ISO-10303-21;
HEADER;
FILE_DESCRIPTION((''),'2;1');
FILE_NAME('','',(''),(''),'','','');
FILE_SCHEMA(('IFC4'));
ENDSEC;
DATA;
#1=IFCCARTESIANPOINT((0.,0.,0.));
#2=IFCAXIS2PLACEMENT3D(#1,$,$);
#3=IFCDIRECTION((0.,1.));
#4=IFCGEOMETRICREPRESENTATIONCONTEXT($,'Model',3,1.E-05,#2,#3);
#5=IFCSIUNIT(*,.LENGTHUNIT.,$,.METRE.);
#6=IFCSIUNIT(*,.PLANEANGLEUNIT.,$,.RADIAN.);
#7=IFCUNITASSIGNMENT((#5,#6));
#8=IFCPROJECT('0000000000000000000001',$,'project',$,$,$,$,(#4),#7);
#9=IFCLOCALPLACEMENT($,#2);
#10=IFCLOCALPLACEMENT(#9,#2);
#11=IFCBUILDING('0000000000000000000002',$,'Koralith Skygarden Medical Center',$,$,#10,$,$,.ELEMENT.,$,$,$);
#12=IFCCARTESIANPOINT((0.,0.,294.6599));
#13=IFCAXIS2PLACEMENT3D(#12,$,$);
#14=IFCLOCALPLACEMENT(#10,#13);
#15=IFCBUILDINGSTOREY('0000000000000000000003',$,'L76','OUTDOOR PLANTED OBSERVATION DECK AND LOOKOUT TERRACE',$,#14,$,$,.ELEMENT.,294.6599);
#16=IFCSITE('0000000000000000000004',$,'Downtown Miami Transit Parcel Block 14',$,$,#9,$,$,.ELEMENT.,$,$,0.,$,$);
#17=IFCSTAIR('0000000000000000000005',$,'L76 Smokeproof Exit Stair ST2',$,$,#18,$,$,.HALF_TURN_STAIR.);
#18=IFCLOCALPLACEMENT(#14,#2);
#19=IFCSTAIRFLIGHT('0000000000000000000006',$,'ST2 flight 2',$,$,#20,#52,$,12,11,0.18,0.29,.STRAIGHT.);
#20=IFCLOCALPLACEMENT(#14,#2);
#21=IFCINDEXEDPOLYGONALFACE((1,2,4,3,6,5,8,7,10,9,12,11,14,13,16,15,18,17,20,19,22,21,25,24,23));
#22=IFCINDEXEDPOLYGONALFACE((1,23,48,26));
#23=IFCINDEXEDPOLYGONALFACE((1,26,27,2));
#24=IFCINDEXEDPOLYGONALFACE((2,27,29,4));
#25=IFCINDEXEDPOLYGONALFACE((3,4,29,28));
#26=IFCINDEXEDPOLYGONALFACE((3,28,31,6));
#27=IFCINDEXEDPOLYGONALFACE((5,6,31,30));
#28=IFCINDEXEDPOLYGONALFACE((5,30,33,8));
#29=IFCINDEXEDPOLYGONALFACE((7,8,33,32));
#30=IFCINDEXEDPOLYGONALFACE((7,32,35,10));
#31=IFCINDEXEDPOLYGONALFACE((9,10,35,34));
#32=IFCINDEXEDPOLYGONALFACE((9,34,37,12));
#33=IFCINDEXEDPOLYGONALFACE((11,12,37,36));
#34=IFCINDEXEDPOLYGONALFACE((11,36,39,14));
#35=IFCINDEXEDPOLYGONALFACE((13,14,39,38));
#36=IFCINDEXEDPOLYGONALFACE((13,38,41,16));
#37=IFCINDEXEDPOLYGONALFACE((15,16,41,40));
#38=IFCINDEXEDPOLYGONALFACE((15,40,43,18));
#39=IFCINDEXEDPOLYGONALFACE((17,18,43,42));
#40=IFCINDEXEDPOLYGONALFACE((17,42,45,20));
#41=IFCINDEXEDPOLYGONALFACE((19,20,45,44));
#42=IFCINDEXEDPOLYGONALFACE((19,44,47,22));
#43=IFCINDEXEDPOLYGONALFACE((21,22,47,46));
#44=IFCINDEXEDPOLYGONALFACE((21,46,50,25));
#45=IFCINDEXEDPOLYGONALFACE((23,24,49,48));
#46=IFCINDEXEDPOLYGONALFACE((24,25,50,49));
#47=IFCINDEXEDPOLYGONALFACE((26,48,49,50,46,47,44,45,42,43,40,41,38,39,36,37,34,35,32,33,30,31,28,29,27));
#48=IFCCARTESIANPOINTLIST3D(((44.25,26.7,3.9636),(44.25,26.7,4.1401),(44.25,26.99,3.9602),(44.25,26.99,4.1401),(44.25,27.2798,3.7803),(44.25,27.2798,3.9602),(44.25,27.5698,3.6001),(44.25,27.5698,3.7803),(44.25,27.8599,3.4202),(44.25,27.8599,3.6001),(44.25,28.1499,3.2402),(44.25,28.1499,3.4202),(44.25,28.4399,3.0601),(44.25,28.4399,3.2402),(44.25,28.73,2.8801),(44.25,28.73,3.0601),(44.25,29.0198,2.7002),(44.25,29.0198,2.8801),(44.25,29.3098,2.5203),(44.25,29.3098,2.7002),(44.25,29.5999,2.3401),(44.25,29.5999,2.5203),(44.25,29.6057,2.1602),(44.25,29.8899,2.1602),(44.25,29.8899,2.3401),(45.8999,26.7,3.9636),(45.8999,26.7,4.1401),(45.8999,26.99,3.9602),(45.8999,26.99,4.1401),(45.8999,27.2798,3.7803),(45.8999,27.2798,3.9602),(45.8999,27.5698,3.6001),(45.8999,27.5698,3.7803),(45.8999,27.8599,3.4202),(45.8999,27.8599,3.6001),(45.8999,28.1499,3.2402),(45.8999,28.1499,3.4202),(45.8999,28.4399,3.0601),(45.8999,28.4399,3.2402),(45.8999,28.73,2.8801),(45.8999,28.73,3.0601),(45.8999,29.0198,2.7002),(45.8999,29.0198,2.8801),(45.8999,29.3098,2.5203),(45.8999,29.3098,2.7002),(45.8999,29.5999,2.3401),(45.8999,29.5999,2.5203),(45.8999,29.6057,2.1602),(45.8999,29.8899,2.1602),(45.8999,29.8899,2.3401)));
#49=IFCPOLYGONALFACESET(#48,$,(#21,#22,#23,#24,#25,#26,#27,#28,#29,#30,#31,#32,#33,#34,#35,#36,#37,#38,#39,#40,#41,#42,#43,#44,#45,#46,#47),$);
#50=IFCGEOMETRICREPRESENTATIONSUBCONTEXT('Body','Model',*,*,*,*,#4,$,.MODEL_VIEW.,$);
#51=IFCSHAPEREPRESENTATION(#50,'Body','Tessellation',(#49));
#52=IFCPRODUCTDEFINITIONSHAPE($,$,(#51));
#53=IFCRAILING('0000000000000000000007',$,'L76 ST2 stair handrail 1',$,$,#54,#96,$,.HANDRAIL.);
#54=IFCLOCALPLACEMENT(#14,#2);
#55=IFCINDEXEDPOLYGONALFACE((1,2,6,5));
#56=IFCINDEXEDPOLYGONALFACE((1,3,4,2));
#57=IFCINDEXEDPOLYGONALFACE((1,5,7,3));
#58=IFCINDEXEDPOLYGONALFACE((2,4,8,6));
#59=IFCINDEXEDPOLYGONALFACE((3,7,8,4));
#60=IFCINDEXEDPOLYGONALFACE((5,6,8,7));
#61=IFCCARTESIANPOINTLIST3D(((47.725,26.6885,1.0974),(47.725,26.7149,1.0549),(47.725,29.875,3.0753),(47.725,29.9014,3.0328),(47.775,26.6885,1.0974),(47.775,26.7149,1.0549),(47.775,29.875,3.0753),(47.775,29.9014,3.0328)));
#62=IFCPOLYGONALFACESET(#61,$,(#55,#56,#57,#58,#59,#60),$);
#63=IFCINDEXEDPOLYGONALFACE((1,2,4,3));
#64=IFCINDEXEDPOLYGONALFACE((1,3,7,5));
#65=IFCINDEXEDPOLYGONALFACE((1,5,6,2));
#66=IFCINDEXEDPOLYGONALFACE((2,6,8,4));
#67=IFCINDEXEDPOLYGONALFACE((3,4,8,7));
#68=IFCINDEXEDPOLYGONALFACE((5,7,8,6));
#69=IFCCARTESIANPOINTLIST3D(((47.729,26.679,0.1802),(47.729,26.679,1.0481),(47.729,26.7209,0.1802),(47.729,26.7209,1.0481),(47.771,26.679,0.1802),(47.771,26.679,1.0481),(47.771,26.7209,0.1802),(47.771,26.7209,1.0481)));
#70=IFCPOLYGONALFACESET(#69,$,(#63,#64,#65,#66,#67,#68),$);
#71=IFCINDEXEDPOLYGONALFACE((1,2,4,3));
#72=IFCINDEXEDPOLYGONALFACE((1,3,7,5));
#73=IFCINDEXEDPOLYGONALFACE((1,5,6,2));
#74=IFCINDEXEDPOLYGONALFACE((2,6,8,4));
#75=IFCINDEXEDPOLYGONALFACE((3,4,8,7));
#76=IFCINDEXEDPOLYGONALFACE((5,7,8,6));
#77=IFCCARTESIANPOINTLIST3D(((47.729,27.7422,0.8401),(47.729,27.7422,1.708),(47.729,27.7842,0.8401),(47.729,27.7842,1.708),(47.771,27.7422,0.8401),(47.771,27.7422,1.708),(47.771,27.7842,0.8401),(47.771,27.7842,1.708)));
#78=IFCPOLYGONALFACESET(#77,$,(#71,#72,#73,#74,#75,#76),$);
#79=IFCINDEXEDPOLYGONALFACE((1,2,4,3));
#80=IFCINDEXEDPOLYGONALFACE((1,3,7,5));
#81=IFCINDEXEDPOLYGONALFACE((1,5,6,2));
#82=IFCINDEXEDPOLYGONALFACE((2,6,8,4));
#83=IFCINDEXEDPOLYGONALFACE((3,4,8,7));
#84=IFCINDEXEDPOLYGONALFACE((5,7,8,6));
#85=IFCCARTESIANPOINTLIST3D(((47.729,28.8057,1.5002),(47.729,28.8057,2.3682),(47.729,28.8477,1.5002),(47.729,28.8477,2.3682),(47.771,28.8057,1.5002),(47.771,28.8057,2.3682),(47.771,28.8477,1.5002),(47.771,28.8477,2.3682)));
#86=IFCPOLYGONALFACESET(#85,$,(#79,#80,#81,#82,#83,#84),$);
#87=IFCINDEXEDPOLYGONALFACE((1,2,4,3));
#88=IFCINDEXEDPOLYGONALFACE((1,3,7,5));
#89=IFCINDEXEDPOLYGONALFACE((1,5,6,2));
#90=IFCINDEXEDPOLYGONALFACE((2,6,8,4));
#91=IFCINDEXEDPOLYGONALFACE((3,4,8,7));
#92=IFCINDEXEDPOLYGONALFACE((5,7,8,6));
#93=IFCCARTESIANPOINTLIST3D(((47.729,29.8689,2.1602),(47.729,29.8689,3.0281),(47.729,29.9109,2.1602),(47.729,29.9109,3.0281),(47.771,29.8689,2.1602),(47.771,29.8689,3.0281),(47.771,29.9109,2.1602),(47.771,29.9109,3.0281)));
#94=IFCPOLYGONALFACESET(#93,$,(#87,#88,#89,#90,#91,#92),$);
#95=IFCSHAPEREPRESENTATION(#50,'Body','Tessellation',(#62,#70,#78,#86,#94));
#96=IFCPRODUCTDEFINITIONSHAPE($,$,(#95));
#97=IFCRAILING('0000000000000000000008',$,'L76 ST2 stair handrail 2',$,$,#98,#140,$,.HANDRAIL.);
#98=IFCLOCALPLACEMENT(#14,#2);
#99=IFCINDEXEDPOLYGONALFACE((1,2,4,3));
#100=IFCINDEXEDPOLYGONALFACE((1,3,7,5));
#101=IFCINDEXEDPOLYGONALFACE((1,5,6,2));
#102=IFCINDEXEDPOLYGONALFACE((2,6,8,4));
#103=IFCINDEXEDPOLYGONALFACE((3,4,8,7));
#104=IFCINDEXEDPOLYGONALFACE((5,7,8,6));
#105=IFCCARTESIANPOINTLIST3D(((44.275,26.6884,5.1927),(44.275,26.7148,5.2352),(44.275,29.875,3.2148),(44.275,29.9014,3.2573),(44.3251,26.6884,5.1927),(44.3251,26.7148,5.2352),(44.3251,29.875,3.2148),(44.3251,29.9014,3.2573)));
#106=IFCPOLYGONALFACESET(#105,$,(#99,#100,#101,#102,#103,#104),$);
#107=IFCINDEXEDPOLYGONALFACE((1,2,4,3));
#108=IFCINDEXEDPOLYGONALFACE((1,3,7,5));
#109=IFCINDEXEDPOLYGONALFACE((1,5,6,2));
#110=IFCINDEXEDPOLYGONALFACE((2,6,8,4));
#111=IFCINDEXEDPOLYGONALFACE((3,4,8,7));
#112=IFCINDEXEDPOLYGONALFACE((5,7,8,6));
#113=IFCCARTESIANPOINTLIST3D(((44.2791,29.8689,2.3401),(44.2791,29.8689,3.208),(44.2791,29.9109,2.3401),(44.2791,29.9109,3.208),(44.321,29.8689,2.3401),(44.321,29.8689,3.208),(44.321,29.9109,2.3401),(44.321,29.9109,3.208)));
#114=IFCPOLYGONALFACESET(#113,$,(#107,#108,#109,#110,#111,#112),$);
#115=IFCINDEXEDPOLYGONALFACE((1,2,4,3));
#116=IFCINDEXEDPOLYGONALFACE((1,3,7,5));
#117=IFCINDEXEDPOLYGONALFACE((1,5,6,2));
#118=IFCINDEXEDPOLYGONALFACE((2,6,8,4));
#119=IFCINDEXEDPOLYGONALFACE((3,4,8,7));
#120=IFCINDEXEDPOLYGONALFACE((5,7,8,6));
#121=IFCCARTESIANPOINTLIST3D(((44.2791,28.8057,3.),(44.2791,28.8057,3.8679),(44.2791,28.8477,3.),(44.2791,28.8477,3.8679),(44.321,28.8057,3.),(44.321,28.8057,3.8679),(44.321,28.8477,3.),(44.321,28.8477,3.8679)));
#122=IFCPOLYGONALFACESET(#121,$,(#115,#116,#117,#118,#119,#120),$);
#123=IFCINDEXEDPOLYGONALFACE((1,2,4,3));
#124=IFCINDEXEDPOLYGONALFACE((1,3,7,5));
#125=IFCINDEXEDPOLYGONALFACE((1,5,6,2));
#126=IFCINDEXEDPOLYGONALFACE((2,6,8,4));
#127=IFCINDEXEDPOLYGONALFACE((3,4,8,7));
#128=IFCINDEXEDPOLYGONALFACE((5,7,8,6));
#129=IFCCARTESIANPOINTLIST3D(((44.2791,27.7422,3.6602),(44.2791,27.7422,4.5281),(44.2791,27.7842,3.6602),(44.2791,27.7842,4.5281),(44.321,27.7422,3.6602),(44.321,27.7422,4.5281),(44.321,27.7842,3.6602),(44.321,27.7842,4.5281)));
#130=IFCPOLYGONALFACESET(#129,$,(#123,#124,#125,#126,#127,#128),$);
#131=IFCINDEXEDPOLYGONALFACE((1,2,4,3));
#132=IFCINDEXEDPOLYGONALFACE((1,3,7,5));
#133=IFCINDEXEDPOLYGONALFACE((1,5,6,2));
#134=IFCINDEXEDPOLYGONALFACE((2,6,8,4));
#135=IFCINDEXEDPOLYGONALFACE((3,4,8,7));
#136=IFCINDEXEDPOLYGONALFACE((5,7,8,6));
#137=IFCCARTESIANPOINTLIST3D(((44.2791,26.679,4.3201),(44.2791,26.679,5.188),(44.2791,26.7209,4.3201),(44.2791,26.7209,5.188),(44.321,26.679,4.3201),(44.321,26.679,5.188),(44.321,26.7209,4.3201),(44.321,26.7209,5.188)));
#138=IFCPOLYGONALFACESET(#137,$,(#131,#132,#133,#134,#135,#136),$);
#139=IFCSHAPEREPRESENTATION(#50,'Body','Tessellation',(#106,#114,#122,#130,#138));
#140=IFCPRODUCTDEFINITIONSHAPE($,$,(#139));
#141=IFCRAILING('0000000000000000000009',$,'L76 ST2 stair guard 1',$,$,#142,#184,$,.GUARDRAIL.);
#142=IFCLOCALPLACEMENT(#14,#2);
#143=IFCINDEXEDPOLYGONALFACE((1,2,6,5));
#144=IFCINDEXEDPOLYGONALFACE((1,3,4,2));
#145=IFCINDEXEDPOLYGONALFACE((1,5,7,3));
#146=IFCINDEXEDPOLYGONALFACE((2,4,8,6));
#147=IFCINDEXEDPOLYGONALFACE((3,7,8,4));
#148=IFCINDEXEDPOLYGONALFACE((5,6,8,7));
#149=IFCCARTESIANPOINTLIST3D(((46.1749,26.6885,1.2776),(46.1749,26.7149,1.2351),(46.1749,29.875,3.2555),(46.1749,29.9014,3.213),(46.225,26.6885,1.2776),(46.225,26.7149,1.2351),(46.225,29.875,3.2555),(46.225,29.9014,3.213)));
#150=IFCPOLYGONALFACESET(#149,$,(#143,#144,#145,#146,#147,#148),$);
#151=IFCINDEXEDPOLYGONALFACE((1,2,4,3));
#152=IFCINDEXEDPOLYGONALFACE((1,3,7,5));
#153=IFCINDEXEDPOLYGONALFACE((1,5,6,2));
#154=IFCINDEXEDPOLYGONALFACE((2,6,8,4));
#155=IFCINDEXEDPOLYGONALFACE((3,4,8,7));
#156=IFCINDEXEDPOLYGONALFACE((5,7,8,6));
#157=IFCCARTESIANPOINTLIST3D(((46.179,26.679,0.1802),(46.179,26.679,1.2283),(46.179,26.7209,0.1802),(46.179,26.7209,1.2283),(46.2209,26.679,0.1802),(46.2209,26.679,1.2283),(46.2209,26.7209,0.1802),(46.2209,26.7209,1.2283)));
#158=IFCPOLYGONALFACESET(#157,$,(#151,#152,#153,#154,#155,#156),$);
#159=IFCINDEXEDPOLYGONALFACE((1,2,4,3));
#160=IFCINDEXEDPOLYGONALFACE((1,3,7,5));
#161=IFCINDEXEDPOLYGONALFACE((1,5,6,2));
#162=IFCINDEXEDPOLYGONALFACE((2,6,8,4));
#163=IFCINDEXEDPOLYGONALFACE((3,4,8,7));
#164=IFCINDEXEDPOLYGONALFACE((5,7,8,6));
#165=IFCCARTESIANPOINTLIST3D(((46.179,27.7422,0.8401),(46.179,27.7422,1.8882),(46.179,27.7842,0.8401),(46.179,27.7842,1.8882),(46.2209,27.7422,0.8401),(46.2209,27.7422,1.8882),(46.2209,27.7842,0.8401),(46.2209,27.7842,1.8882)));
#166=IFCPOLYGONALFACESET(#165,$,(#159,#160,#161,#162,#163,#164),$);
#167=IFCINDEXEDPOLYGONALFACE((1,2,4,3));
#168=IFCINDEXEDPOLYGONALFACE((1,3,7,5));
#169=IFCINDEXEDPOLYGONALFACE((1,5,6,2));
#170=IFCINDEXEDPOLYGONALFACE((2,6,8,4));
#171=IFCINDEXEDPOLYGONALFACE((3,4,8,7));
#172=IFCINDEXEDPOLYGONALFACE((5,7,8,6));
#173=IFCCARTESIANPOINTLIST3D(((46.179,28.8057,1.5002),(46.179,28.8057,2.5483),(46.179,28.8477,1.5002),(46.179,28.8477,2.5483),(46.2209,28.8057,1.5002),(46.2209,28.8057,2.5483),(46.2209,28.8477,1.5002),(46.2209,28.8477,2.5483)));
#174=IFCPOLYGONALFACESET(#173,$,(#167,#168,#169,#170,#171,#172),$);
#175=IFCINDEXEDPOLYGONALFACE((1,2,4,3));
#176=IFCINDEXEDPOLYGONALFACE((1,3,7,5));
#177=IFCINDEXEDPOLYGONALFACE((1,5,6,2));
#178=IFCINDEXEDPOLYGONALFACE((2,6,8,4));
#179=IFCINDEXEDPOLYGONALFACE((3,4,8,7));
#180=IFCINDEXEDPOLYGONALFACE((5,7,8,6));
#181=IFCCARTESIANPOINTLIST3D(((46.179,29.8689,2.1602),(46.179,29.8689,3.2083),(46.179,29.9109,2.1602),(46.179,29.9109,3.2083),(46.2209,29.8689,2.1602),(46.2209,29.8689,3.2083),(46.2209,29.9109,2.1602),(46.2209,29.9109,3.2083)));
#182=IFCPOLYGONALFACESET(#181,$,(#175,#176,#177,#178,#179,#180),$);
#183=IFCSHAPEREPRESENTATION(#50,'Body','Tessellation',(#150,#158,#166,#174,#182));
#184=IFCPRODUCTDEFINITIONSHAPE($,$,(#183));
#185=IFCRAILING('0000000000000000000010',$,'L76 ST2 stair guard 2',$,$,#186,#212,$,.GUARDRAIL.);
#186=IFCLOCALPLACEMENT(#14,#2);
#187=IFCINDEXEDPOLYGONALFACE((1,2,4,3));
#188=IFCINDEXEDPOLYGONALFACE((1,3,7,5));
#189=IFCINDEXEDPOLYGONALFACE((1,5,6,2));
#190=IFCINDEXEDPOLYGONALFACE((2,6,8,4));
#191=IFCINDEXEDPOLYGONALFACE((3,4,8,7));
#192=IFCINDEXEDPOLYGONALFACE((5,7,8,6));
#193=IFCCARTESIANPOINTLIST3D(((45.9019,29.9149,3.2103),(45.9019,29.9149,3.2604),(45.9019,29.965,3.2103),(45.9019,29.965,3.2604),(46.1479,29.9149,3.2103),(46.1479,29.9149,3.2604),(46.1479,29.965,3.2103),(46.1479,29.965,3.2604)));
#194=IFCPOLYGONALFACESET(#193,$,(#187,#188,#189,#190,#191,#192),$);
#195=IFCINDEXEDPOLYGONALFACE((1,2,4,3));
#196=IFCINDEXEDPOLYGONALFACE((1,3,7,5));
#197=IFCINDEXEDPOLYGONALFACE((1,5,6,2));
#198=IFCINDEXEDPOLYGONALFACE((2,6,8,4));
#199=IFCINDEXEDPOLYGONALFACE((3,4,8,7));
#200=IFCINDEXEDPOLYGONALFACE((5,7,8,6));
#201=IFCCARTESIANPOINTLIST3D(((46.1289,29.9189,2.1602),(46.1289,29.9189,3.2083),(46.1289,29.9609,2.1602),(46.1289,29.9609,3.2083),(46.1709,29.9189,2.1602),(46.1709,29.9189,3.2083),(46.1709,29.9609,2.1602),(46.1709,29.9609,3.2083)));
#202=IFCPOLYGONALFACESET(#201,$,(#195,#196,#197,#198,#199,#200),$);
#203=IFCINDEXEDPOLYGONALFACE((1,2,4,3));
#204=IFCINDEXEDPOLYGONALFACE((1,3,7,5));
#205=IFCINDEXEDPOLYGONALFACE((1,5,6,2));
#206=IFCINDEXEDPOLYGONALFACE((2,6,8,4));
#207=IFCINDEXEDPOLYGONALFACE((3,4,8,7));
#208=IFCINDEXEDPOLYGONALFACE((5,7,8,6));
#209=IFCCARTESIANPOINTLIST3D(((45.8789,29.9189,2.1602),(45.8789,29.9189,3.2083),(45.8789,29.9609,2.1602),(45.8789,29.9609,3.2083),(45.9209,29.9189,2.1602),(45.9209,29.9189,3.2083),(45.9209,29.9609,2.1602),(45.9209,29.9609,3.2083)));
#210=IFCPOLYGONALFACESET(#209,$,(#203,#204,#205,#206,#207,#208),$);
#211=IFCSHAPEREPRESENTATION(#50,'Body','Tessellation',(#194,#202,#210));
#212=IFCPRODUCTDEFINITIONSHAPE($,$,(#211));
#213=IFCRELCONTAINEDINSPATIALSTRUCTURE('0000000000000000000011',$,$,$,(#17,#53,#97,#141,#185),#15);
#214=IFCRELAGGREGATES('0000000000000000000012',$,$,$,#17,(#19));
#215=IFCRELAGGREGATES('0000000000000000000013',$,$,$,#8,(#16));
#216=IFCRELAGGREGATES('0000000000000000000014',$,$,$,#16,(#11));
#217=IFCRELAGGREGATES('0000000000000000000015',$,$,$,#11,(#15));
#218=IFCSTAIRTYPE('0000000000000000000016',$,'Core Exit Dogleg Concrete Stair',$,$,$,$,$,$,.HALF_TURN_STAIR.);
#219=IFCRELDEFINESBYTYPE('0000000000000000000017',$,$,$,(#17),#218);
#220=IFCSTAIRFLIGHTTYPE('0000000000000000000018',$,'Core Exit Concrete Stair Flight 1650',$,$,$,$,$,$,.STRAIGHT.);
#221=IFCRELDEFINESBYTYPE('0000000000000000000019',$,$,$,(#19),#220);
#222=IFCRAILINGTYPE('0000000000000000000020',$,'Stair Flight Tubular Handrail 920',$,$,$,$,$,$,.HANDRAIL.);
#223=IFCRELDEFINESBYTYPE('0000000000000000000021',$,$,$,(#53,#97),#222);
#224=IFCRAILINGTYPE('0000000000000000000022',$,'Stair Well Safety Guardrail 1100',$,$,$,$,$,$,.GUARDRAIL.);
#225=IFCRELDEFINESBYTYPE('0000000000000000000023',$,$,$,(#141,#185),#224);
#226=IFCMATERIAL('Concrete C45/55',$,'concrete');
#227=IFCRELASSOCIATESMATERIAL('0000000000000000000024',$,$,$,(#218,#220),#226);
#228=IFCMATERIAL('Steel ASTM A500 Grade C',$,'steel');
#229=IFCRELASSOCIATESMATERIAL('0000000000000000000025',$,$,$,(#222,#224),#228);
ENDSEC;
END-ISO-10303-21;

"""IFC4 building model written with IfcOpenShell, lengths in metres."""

from ifc_helpers import new_model, si_unit, direction, frame, origin, origin_2d, place, context, subcontext, project, spatial, polyline, rectangle, outline, extrude, material, type_object, element, aggregate, save


model = new_model("IFC4")

# Units and contexts
model_context = context("Model", 3, precision=1e-05, world=origin(), true_north=direction((0.0, 1.0)))
body_context = subcontext(model_context, "Body", "Model", "MODEL_VIEW")
ifc_project = project(units=[si_unit("LENGTHUNIT", "METRE"), si_unit("PLANEANGLEUNIT", "RADIAN")], contexts=[model_context])

# Site, building, storey
site_placement = place(None, origin())
site = spatial("IfcSite", under=ifc_project, at=site_placement, Name="Downtown Miami Transit Parcel Block 14", CompositionType="ELEMENT", RefElevation=0.0)
building_placement = place(site_placement, origin())
building = spatial("IfcBuilding", under=site, at=building_placement, Name="Koralith Skygarden Medical Center", CompositionType="ELEMENT")
storey_placement = place(building_placement, frame((0.0, 0.0, 294.6599)))
storey = spatial("IfcBuildingStorey", under=building, at=storey_placement, Name="L76", Description="OUTDOOR PLANTED OBSERVATION DECK AND LOOKOUT TERRACE", CompositionType="ELEMENT", Elevation=294.6599)

# Shared definitions
ifc_material_1 = material(Name="Concrete C45/55", Category="concrete")

# Stair, stair flight
stair_type = type_object("IfcStairType", Name="Core Exit Dogleg Concrete Stair", PredefinedType="HALF_TURN_STAIR", material=ifc_material_1)
stair_placement = place(storey_placement, origin())
stair = element("IfcStair", 1, at=stair_placement, inside=storey, type_object=stair_type, Name="L76 Smokeproof Exit Stair ST2", PredefinedType="HALF_TURN_STAIR")
stair_flight_type = type_object("IfcStairFlightType", Name="Core Exit Concrete Stair Flight 1650", PredefinedType="STRAIGHT", material=ifc_material_1)
stair_flight_1_placement = place(storey_placement, frame((45.075, 29.8899, 2.1602), z_axis=(0.0, 0.0, 1.0), x_axis=(0.0, -1.0, 0.0)))
stair_flight_1 = element("IfcStairFlight", 2, at=stair_flight_1_placement, type_object=stair_flight_type, Name="ST2 flight 2", NumberOfRisers=12, NumberOfTreads=11, PredefinedType="STRAIGHT", RiserHeight=0.18, TreadLength=0.29, context=body_context, shape_type="SweptSolid", body=[
    extrude(outline(polyline([(0.0, 0.0), (0.0, 0.1799), (0.29, 0.1799), (0.29, 0.3601), (0.5801, 0.3601), (0.5801, 0.54), (0.8701, 0.54), (0.8701, 0.72), (1.1599, 0.72), (1.1599, 0.8999), (1.45, 0.8999), (1.45, 1.0801), (1.74, 1.0801), (1.74, 1.26), (2.03, 1.26), (2.03, 1.4399), (2.3201, 1.4399), (2.3201, 1.6201), (2.6101, 1.6201), (2.6101, 1.8), (2.8999, 1.8), (2.8999, 1.98), (3.1899, 1.98), (3.1899, 2.1599), (3.1899, 1.8035), (0.2842, 0.0), (0.0, 0.0)])), frame((0.0, 0.825, 0.0), z_axis=(0.0, -1.0, 0.0), x_axis=(1.0, 0.0, 0.0)), (0.0, 0.0, 1.0), 1.6499),
])
aggregate(stair, [stair_flight_1])

# Railings
ifc_material_2 = material(Name="Steel ASTM A500 Grade C", Category="steel")
railing_type_1 = type_object("IfcRailingType", Name="Stair Flight Tubular Handrail 920", PredefinedType="HANDRAIL", material=ifc_material_2)
railing_1_placement = place(storey_placement, frame((47.75, 26.7, 0.1802)))
element("IfcRailing", 3, at=railing_1_placement, inside=storey, type_object=railing_type_1, Name="L76 ST2 stair handrail 1", PredefinedType="HANDRAIL", context=body_context, shape_type="SweptSolid", body=[
    extrude(rectangle(XDim=0.05, YDim=0.05, at=origin_2d()), frame((0.0, 0.0017, 0.896), z_axis=(0.0, 0.849638, 0.527366), x_axis=(-1.0, 0.0, 0.0)), (0.0, 0.0, 1.0), 3.7505),
    extrude(rectangle(XDim=0.042, YDim=0.042, at=origin_2d()), origin(), (0.0, 0.0, 1.0), 0.8679),
    extrude(rectangle(XDim=0.042, YDim=0.042, at=origin_2d()), frame((0.0, 1.0632, 0.6599)), (0.0, 0.0, 1.0), 0.8679),
    extrude(rectangle(XDim=0.042, YDim=0.042, at=origin_2d()), frame((0.0, 2.1267, 1.3201)), (0.0, 0.0, 1.0), 0.8679),
    extrude(rectangle(XDim=0.042, YDim=0.042, at=origin_2d()), frame((0.0, 3.1899, 1.98)), (0.0, 0.0, 1.0), 0.8679),
])
railing_2_placement = place(storey_placement, frame((44.3, 29.8899, 2.3401)))
element("IfcRailing", 4, at=railing_2_placement, inside=storey, type_object=railing_type_1, Name="L76 ST2 stair handrail 2", PredefinedType="HANDRAIL", context=body_context, shape_type="SweptSolid", body=[
    extrude(rectangle(XDim=0.05, YDim=0.05, at=origin_2d()), frame((0.0, -0.0017, 0.896), z_axis=(0.0, -0.849638, 0.527366), x_axis=(1.0, 0.0, 0.0)), (0.0, 0.0, 1.0), 3.7505),
    extrude(rectangle(XDim=0.042, YDim=0.042, at=origin_2d()), origin(), (0.0, 0.0, 1.0), 0.8679),
    extrude(rectangle(XDim=0.042, YDim=0.042, at=origin_2d()), frame((0.0, -1.0632, 0.6599)), (0.0, 0.0, 1.0), 0.8679),
    extrude(rectangle(XDim=0.042, YDim=0.042, at=origin_2d()), frame((0.0, -2.1267, 1.3201)), (0.0, 0.0, 1.0), 0.8679),
    extrude(rectangle(XDim=0.042, YDim=0.042, at=origin_2d()), frame((0.0, -3.1899, 1.98)), (0.0, 0.0, 1.0), 0.8679),
])
railing_type_2 = type_object("IfcRailingType", Name="Stair Well Safety Guardrail 1100", PredefinedType="GUARDRAIL", material=ifc_material_2)
railing_3_placement = place(storey_placement, frame((46.2, 26.7, 0.1802)))
element("IfcRailing", 5, at=railing_3_placement, inside=storey, type_object=railing_type_2, Name="L76 ST2 stair guard 1", PredefinedType="GUARDRAIL", context=body_context, shape_type="SweptSolid", body=[
    extrude(rectangle(XDim=0.05, YDim=0.05, at=origin_2d()), frame((0.0, 0.0017, 1.0762), z_axis=(0.0, 0.849638, 0.527366), x_axis=(-1.0, 0.0, 0.0)), (0.0, 0.0, 1.0), 3.7505),
    extrude(rectangle(XDim=0.042, YDim=0.042, at=origin_2d()), origin(), (0.0, 0.0, 1.0), 1.0481),
    extrude(rectangle(XDim=0.042, YDim=0.042, at=origin_2d()), frame((0.0, 1.0632, 0.6599)), (0.0, 0.0, 1.0), 1.0481),
    extrude(rectangle(XDim=0.042, YDim=0.042, at=origin_2d()), frame((0.0, 2.1267, 1.3201)), (0.0, 0.0, 1.0), 1.0481),
    extrude(rectangle(XDim=0.042, YDim=0.042, at=origin_2d()), frame((0.0, 3.1899, 1.98)), (0.0, 0.0, 1.0), 1.0481),
])
railing_4_placement = place(storey_placement, frame((46.1499, 29.9399, 2.1602)))
element("IfcRailing", 6, at=railing_4_placement, inside=storey, type_object=railing_type_2, Name="L76 ST2 stair guard 2", PredefinedType="GUARDRAIL", context=body_context, shape_type="SweptSolid", body=[
    extrude(rectangle(XDim=0.05, YDim=0.05, at=origin_2d()), frame((-0.002, 0.0, 1.0752), z_axis=(-1.0, 0.0, 0.0), x_axis=(0.0, -1.0, 0.0)), (0.0, 0.0, 1.0), 0.2461),
    extrude(rectangle(XDim=0.042, YDim=0.042, at=origin_2d()), origin(), (0.0, 0.0, 1.0), 1.0481),
    extrude(rectangle(XDim=0.042, YDim=0.042, at=origin_2d()), frame((-0.25, 0.0, 0.0)), (0.0, 0.0, 1.0), 1.0481),
])

save(model, "model.ifc")
